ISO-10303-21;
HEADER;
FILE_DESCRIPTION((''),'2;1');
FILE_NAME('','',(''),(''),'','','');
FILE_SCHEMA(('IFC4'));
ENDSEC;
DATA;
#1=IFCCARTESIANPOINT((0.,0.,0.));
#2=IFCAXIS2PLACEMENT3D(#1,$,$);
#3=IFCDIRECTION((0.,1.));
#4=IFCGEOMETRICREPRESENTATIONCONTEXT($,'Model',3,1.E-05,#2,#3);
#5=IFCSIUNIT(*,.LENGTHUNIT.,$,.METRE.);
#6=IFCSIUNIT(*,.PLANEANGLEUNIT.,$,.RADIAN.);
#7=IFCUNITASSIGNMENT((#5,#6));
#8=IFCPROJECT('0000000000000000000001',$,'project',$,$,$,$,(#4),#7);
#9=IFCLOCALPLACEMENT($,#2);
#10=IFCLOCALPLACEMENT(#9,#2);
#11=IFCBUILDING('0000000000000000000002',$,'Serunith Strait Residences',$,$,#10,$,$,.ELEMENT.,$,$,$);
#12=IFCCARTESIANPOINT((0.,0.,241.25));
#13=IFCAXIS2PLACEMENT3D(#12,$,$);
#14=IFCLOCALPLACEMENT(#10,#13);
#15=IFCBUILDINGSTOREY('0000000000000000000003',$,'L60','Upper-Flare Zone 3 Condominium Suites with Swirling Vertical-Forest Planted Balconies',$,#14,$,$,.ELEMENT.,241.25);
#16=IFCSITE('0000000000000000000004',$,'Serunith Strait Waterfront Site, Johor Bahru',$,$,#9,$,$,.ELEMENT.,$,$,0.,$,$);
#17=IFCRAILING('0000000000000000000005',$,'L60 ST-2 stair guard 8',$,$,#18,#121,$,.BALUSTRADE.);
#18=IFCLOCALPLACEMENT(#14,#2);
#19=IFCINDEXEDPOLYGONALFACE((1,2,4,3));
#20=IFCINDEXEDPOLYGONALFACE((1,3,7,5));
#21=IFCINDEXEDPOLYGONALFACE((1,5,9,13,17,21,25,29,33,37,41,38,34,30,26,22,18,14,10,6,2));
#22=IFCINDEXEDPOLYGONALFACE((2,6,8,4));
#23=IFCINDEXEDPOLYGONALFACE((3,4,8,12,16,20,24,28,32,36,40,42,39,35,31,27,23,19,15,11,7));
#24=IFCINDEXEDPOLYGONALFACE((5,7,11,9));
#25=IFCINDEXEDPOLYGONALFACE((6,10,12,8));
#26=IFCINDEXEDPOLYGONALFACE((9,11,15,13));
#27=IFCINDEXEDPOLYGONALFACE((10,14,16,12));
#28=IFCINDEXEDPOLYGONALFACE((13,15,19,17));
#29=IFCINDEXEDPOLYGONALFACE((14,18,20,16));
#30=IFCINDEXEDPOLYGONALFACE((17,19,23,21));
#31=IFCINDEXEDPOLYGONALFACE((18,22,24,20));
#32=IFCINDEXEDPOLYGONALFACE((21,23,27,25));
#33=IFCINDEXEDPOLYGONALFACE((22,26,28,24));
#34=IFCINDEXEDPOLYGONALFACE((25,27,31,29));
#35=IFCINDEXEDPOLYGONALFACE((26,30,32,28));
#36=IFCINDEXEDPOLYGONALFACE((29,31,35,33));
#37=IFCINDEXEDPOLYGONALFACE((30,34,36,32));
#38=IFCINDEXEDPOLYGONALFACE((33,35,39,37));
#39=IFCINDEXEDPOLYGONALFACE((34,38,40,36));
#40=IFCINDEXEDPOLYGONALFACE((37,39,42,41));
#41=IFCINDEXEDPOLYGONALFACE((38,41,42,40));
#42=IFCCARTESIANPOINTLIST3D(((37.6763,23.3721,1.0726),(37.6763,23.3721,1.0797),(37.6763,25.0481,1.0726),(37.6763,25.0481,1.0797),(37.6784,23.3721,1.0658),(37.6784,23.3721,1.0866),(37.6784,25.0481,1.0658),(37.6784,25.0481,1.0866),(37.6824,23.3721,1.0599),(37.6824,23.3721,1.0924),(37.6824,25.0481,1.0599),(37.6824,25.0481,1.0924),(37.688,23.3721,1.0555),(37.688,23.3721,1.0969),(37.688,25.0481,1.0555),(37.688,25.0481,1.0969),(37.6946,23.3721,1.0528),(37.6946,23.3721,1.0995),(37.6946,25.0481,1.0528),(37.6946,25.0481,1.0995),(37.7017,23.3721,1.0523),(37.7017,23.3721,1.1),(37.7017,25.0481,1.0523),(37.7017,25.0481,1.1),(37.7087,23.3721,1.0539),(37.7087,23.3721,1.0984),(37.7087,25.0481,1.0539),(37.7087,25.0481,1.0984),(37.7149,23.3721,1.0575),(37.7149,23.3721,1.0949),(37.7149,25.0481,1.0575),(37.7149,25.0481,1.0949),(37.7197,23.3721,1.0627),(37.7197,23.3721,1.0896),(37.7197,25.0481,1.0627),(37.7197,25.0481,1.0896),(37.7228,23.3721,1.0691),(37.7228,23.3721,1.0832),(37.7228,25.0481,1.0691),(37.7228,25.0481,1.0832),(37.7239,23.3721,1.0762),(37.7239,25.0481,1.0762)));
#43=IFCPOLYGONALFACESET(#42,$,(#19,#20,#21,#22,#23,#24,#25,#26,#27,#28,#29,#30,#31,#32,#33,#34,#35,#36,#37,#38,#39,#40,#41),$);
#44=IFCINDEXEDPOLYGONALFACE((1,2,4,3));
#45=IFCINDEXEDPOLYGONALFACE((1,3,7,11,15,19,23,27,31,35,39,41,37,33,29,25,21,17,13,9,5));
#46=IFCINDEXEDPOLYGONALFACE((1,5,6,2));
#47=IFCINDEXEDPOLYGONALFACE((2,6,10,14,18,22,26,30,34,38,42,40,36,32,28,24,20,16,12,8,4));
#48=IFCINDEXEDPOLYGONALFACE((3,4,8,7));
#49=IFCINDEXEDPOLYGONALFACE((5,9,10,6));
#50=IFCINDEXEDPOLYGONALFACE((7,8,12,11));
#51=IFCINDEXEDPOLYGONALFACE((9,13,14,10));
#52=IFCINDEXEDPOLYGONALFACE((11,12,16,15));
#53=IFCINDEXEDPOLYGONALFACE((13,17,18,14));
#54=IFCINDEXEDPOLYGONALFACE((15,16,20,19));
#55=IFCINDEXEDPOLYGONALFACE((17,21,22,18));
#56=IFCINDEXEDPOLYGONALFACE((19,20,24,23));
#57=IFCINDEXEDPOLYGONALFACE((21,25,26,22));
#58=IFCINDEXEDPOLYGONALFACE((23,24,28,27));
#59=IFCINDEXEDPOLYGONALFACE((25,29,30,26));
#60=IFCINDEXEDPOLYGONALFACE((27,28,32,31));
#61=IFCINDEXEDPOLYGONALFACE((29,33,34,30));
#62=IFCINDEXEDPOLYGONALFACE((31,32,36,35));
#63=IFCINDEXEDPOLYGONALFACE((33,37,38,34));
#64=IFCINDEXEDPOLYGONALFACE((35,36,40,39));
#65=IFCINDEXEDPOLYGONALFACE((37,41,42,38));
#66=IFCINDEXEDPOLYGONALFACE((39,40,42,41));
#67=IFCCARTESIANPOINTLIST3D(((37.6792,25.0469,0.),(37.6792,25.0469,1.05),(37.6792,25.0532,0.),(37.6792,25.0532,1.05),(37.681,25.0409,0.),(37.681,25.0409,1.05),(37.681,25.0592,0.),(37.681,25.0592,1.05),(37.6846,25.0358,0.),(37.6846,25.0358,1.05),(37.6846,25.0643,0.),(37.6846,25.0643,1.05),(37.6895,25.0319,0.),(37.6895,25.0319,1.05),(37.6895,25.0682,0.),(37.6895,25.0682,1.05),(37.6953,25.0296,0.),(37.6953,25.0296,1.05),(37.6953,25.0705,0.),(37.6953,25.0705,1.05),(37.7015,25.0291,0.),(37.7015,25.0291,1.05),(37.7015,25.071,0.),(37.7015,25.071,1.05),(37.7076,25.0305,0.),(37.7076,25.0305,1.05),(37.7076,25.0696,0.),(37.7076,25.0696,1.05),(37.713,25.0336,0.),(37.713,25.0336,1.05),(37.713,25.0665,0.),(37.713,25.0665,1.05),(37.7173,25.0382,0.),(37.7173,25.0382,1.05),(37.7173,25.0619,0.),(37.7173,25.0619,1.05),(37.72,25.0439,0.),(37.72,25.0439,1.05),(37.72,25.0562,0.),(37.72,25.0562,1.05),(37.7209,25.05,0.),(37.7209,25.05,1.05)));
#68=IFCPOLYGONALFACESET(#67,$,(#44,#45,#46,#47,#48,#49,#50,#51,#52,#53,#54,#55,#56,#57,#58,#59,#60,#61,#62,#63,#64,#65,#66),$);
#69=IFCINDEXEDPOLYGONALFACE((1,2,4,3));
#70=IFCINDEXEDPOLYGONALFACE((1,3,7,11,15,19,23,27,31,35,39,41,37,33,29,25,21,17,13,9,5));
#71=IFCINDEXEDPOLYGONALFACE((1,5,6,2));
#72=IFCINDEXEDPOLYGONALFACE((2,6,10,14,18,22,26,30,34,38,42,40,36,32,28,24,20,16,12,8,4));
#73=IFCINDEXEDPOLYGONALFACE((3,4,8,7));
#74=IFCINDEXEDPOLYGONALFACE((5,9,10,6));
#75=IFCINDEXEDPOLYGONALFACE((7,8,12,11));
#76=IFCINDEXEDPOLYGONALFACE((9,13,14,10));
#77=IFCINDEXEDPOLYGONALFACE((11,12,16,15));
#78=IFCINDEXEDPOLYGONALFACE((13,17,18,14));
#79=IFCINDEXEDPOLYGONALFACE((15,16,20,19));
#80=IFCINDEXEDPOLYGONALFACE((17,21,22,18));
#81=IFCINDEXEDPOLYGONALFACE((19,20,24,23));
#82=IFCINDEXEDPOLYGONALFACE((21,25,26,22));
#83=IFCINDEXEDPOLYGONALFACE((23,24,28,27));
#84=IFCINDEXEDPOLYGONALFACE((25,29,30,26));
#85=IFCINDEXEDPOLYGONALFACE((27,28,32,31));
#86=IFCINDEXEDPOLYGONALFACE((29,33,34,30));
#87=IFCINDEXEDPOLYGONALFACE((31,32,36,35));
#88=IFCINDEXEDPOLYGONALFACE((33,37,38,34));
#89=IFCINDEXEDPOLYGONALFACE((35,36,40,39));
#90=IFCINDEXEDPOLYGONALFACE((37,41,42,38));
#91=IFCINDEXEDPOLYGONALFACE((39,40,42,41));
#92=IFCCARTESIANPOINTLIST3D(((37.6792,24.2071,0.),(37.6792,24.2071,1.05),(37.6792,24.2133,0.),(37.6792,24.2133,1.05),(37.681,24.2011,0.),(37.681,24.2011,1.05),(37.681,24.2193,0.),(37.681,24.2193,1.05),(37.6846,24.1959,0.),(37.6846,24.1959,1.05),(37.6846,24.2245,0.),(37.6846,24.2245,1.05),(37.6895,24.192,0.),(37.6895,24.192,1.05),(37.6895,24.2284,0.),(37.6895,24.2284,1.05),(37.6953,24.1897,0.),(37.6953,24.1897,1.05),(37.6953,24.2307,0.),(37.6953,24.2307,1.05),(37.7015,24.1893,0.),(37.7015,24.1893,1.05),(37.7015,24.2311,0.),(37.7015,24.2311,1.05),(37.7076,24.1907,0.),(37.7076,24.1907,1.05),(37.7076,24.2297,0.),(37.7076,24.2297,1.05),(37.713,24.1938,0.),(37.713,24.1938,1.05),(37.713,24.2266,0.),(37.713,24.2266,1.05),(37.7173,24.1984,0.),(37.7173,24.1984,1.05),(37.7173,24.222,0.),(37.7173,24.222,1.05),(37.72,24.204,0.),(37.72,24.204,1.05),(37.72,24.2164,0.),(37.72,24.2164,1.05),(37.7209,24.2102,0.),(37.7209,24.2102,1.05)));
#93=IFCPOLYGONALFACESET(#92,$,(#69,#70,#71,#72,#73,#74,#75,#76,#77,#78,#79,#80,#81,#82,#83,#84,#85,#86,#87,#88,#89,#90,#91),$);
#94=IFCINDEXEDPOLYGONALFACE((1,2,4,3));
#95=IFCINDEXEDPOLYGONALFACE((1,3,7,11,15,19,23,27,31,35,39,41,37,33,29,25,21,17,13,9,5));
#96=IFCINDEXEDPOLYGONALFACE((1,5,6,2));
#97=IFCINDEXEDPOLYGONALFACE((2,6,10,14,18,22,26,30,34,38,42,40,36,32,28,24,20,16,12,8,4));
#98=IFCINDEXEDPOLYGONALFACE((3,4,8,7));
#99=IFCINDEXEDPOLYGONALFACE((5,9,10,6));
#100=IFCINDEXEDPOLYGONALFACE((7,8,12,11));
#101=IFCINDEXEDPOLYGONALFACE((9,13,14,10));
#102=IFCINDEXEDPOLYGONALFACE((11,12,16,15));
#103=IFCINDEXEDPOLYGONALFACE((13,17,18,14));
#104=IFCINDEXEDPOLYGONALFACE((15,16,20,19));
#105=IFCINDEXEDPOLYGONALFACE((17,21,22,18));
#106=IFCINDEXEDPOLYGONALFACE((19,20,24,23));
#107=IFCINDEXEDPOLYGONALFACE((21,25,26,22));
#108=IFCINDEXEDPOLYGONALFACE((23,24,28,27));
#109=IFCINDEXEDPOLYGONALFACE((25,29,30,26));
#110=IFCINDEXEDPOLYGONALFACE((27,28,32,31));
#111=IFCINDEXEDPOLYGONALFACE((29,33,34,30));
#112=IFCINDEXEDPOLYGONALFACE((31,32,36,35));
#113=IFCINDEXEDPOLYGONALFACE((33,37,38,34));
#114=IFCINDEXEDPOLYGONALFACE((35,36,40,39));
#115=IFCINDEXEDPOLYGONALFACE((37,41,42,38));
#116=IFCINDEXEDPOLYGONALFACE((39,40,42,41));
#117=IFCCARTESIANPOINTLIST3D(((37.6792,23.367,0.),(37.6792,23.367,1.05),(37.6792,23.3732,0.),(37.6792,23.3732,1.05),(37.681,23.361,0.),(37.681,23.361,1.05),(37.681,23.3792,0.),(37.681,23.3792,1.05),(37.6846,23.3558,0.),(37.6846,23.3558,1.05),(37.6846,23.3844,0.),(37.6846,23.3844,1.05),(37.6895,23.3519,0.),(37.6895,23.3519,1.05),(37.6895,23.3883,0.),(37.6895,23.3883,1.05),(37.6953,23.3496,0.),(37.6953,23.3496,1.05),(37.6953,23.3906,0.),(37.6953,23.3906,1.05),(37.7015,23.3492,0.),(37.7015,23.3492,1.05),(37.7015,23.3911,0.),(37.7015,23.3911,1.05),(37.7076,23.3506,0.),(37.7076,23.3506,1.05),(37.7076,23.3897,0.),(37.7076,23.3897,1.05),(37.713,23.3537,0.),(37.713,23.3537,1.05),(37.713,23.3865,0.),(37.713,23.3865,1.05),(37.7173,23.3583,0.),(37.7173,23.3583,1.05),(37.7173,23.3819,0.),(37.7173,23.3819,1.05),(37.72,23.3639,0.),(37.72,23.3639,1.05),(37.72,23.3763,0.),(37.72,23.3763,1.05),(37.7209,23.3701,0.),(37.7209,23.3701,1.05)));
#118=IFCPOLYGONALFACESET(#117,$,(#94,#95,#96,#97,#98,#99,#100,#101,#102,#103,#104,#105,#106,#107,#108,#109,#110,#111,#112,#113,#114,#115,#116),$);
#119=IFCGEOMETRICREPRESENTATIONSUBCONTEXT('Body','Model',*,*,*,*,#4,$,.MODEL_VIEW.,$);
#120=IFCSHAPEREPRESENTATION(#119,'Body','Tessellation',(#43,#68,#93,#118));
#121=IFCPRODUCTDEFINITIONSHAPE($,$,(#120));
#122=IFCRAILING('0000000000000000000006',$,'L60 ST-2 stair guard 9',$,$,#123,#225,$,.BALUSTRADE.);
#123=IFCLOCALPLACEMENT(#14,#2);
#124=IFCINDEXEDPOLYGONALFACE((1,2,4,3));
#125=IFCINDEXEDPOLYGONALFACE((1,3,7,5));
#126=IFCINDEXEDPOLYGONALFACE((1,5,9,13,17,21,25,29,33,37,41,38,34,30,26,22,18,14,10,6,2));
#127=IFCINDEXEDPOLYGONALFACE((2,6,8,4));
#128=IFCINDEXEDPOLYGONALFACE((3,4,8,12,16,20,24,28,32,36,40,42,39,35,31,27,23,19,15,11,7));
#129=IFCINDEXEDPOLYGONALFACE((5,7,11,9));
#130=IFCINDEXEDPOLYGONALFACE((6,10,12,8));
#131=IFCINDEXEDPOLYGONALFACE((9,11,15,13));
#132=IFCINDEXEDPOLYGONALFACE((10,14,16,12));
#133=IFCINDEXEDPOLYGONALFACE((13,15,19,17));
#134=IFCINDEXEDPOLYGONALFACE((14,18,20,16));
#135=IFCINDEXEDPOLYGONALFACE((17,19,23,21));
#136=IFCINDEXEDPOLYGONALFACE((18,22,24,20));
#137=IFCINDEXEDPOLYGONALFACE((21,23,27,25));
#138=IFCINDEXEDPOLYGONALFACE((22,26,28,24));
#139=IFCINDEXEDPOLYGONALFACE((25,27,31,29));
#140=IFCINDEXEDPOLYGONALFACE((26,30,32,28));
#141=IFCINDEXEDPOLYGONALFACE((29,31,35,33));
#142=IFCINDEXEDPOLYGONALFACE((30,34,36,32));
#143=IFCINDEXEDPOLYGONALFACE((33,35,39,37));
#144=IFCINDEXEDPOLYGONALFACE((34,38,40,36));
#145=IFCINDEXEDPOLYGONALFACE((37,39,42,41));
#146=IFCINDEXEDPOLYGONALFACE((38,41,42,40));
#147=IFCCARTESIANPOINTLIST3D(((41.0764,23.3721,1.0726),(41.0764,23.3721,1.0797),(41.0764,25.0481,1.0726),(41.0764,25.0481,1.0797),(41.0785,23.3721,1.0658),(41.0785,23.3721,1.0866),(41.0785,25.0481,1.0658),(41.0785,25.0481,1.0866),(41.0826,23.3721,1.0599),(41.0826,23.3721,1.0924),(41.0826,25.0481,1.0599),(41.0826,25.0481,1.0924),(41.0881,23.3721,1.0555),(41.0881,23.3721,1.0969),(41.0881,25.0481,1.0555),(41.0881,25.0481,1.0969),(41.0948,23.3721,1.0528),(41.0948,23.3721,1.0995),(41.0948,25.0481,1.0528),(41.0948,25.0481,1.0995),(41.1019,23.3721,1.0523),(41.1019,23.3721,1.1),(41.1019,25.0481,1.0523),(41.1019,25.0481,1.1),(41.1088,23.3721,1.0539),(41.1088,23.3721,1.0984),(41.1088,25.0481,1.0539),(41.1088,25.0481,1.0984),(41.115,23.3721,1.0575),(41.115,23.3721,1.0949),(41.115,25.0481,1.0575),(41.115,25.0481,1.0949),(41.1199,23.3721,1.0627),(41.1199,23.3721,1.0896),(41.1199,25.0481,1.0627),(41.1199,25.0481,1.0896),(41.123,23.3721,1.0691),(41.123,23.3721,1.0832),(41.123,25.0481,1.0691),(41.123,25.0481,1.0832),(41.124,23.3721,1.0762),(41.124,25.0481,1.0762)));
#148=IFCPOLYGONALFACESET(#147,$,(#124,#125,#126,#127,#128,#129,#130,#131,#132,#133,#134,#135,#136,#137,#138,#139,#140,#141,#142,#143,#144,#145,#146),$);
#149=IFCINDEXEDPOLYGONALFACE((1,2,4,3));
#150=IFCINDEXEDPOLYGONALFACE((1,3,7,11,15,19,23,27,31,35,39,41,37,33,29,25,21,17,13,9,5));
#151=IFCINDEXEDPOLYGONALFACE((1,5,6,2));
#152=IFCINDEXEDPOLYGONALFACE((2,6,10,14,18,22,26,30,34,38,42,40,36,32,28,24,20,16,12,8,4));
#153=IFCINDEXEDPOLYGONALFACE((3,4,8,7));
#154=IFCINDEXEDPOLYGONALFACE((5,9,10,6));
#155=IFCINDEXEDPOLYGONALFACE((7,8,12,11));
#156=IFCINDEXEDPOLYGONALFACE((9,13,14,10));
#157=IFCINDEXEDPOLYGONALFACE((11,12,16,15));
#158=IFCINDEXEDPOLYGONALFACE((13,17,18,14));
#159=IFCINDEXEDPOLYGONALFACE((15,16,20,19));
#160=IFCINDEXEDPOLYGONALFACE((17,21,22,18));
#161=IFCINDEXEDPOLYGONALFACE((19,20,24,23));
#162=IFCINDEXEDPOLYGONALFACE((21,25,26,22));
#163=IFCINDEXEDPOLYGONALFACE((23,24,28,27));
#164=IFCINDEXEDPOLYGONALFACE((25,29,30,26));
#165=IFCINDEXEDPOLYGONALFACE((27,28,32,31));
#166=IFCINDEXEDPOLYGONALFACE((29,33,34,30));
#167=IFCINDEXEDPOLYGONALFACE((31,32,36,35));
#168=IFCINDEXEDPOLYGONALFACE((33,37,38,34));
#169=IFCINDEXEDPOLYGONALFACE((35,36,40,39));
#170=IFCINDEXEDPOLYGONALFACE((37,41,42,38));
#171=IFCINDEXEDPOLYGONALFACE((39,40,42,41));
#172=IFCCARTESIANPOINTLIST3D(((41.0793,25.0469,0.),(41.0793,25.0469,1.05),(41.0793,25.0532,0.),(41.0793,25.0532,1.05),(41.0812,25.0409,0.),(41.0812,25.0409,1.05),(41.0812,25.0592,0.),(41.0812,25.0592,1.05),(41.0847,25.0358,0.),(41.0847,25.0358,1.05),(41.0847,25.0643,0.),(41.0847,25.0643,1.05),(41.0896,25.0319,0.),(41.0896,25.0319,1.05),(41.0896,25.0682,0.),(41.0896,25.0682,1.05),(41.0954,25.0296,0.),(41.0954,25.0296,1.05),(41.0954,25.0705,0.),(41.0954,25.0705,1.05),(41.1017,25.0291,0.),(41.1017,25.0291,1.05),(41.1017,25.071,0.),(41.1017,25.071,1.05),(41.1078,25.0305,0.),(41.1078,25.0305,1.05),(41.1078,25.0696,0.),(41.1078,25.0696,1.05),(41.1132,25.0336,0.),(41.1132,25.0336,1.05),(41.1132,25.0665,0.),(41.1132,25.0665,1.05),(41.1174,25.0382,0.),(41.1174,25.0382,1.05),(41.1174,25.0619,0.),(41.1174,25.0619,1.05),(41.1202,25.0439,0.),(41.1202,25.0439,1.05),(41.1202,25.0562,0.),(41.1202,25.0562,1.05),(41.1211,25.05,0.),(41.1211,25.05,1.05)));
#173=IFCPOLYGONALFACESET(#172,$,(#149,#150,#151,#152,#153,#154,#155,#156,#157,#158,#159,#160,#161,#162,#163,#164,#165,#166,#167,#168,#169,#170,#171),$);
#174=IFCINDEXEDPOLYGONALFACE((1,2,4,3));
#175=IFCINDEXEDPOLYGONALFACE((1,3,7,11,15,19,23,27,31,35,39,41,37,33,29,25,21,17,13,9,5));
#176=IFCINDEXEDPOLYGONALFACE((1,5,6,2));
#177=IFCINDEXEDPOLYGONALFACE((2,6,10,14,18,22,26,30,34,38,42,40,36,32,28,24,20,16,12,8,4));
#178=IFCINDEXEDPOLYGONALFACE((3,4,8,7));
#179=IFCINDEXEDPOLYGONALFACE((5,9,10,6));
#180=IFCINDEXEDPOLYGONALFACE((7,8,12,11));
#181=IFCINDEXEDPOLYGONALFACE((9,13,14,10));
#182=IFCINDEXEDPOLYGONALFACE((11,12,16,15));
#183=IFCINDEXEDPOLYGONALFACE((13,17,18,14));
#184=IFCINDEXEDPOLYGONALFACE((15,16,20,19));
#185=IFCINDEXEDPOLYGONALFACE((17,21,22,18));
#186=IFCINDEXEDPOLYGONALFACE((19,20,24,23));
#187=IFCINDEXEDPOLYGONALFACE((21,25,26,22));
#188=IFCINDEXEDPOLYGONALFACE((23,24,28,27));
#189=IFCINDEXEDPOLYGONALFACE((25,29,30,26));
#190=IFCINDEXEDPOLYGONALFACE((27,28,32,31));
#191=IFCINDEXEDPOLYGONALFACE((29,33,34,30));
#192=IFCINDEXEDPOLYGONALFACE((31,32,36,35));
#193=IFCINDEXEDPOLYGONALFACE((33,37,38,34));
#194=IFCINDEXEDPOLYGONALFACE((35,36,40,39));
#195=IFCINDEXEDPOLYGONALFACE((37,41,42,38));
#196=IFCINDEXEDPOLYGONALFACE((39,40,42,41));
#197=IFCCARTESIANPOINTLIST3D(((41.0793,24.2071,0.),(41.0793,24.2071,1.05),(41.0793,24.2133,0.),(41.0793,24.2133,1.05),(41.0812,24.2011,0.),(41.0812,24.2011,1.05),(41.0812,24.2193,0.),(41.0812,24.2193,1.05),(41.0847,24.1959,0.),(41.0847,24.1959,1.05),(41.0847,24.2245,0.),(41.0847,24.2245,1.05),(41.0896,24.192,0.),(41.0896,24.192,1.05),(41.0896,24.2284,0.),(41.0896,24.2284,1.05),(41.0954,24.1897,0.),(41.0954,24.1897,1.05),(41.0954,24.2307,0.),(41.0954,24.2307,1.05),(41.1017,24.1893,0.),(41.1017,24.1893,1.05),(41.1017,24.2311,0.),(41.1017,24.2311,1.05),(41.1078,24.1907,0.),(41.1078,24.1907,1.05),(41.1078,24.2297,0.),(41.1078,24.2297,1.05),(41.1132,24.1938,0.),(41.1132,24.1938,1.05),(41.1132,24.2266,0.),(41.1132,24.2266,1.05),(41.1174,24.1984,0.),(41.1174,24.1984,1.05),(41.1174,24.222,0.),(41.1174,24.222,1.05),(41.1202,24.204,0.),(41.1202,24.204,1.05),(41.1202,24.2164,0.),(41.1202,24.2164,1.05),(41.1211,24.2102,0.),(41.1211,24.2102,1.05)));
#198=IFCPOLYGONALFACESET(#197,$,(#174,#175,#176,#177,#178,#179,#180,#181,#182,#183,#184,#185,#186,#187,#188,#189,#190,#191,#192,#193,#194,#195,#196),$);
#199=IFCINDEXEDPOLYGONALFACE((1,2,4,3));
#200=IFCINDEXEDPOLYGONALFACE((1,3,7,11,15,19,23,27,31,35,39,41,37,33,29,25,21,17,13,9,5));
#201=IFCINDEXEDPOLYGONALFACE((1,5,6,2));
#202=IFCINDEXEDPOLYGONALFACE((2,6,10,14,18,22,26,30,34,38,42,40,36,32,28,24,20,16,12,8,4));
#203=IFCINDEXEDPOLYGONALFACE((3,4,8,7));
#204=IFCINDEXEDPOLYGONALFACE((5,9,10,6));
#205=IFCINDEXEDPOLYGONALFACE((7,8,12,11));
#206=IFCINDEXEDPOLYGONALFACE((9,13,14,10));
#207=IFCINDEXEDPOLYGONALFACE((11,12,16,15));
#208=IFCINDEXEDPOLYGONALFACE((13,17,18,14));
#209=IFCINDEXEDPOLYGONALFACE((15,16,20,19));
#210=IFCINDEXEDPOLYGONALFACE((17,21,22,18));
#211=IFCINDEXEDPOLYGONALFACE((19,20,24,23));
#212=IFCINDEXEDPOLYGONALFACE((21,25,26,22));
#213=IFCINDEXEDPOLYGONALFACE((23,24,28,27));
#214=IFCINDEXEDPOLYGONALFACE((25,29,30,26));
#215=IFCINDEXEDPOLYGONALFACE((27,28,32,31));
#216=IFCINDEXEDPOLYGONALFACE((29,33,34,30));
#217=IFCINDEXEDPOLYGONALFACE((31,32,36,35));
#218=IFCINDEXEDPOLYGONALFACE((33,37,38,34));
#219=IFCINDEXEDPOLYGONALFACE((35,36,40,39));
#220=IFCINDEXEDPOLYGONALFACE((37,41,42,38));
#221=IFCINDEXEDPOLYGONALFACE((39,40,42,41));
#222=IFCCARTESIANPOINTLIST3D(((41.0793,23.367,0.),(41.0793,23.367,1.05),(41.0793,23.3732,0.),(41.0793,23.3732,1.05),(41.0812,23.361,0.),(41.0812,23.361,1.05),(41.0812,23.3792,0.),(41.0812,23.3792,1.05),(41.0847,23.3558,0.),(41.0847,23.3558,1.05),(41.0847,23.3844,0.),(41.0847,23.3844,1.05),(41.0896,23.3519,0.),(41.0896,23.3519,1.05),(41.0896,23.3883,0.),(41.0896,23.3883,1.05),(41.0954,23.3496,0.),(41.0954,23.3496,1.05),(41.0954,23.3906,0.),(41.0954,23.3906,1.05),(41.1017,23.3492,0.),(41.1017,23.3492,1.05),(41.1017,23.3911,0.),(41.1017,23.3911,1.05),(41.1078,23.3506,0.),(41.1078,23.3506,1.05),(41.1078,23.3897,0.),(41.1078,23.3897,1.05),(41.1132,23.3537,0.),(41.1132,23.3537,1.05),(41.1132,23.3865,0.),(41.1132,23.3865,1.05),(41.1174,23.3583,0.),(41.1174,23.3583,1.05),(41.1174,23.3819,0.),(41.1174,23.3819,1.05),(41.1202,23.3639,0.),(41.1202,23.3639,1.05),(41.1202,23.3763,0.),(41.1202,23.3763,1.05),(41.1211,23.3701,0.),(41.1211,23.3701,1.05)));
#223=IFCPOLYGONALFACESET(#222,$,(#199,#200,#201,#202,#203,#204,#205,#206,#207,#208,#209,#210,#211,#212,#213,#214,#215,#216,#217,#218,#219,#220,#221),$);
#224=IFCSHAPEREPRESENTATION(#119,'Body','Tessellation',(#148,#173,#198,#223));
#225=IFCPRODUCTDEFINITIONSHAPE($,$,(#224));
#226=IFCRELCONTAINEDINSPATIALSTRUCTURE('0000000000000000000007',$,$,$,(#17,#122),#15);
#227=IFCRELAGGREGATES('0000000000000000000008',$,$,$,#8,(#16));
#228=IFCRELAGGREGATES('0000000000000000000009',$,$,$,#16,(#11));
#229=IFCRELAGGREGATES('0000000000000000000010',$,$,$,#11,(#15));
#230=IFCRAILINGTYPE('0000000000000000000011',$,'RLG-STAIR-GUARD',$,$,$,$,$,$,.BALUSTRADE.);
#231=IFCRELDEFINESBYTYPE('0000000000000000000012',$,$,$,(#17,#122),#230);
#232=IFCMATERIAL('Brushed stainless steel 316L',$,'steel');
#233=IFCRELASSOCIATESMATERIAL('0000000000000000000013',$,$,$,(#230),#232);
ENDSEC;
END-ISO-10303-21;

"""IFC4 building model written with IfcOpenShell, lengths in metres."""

from ifc_helpers import new_model, si_unit, direction, frame, origin, origin_2d, place, context, subcontext, project, spatial, circle, extrude, material, type_object, element, save


model = new_model("IFC4")

# Units and contexts
model_context = context("Model", 3, precision=1e-05, world=origin(), true_north=direction((0.0, 1.0)))
body_context = subcontext(model_context, "Body", "Model", "MODEL_VIEW")
ifc_project = project(units=[si_unit("LENGTHUNIT", "METRE"), si_unit("PLANEANGLEUNIT", "RADIAN")], contexts=[model_context])

# Site, building, storey
site_placement = place(None, origin())
site = spatial("IfcSite", under=ifc_project, at=site_placement, Name="Serunith Strait Waterfront Site, Johor Bahru", CompositionType="ELEMENT", RefElevation=0.0)
building_placement = place(site_placement, origin())
building = spatial("IfcBuilding", under=site, at=building_placement, Name="Serunith Strait Residences", CompositionType="ELEMENT")
storey_placement = place(building_placement, frame((0.0, 0.0, 241.25)))
storey = spatial("IfcBuildingStorey", under=building, at=storey_placement, Name="L60", Description="Upper-Flare Zone 3 Condominium Suites with Swirling Vertical-Forest Planted Balconies", CompositionType="ELEMENT", Elevation=241.25)

# Railings
ifc_material_1 = material(Name="Brushed stainless steel 316L", Category="steel")
railing_type = type_object("IfcRailingType", Name="RLG-STAIR-GUARD", PredefinedType="BALUSTRADE", material=ifc_material_1)
for number, where, name in (
    (1, (37.7, 25.05, 0.0), "L60 ST-2 stair guard 8"),
    (2, (41.1001, 25.05, 0.0), "L60 ST-2 stair guard 9"),
):
    element("IfcRailing", number, at=place(storey_placement, frame(where)), inside=storey, type_object=railing_type, Name=name, PredefinedType="BALUSTRADE", context=body_context, shape_type="SweptSolid", body=[
        extrude(circle(Radius=0.0239, at=origin_2d()), frame((0.0, -0.002, 1.0762), z_axis=(0.0, -1.0, 0.0), x_axis=(1.0, 0.0, 0.0)), (0.0, 0.0, 1.0), 1.676),
        extrude(circle(Radius=0.021, at=origin_2d()), origin(), (0.0, 0.0, 1.0), 1.05),
        extrude(circle(Radius=0.021, at=origin_2d()), frame((0.0, -0.8398, 0.0)), (0.0, 0.0, 1.0), 1.05),
        extrude(circle(Radius=0.021, at=origin_2d()), frame((0.0, -1.6799, 0.0)), (0.0, 0.0, 1.0), 1.05),
    ])

save(model, "model.ifc")
